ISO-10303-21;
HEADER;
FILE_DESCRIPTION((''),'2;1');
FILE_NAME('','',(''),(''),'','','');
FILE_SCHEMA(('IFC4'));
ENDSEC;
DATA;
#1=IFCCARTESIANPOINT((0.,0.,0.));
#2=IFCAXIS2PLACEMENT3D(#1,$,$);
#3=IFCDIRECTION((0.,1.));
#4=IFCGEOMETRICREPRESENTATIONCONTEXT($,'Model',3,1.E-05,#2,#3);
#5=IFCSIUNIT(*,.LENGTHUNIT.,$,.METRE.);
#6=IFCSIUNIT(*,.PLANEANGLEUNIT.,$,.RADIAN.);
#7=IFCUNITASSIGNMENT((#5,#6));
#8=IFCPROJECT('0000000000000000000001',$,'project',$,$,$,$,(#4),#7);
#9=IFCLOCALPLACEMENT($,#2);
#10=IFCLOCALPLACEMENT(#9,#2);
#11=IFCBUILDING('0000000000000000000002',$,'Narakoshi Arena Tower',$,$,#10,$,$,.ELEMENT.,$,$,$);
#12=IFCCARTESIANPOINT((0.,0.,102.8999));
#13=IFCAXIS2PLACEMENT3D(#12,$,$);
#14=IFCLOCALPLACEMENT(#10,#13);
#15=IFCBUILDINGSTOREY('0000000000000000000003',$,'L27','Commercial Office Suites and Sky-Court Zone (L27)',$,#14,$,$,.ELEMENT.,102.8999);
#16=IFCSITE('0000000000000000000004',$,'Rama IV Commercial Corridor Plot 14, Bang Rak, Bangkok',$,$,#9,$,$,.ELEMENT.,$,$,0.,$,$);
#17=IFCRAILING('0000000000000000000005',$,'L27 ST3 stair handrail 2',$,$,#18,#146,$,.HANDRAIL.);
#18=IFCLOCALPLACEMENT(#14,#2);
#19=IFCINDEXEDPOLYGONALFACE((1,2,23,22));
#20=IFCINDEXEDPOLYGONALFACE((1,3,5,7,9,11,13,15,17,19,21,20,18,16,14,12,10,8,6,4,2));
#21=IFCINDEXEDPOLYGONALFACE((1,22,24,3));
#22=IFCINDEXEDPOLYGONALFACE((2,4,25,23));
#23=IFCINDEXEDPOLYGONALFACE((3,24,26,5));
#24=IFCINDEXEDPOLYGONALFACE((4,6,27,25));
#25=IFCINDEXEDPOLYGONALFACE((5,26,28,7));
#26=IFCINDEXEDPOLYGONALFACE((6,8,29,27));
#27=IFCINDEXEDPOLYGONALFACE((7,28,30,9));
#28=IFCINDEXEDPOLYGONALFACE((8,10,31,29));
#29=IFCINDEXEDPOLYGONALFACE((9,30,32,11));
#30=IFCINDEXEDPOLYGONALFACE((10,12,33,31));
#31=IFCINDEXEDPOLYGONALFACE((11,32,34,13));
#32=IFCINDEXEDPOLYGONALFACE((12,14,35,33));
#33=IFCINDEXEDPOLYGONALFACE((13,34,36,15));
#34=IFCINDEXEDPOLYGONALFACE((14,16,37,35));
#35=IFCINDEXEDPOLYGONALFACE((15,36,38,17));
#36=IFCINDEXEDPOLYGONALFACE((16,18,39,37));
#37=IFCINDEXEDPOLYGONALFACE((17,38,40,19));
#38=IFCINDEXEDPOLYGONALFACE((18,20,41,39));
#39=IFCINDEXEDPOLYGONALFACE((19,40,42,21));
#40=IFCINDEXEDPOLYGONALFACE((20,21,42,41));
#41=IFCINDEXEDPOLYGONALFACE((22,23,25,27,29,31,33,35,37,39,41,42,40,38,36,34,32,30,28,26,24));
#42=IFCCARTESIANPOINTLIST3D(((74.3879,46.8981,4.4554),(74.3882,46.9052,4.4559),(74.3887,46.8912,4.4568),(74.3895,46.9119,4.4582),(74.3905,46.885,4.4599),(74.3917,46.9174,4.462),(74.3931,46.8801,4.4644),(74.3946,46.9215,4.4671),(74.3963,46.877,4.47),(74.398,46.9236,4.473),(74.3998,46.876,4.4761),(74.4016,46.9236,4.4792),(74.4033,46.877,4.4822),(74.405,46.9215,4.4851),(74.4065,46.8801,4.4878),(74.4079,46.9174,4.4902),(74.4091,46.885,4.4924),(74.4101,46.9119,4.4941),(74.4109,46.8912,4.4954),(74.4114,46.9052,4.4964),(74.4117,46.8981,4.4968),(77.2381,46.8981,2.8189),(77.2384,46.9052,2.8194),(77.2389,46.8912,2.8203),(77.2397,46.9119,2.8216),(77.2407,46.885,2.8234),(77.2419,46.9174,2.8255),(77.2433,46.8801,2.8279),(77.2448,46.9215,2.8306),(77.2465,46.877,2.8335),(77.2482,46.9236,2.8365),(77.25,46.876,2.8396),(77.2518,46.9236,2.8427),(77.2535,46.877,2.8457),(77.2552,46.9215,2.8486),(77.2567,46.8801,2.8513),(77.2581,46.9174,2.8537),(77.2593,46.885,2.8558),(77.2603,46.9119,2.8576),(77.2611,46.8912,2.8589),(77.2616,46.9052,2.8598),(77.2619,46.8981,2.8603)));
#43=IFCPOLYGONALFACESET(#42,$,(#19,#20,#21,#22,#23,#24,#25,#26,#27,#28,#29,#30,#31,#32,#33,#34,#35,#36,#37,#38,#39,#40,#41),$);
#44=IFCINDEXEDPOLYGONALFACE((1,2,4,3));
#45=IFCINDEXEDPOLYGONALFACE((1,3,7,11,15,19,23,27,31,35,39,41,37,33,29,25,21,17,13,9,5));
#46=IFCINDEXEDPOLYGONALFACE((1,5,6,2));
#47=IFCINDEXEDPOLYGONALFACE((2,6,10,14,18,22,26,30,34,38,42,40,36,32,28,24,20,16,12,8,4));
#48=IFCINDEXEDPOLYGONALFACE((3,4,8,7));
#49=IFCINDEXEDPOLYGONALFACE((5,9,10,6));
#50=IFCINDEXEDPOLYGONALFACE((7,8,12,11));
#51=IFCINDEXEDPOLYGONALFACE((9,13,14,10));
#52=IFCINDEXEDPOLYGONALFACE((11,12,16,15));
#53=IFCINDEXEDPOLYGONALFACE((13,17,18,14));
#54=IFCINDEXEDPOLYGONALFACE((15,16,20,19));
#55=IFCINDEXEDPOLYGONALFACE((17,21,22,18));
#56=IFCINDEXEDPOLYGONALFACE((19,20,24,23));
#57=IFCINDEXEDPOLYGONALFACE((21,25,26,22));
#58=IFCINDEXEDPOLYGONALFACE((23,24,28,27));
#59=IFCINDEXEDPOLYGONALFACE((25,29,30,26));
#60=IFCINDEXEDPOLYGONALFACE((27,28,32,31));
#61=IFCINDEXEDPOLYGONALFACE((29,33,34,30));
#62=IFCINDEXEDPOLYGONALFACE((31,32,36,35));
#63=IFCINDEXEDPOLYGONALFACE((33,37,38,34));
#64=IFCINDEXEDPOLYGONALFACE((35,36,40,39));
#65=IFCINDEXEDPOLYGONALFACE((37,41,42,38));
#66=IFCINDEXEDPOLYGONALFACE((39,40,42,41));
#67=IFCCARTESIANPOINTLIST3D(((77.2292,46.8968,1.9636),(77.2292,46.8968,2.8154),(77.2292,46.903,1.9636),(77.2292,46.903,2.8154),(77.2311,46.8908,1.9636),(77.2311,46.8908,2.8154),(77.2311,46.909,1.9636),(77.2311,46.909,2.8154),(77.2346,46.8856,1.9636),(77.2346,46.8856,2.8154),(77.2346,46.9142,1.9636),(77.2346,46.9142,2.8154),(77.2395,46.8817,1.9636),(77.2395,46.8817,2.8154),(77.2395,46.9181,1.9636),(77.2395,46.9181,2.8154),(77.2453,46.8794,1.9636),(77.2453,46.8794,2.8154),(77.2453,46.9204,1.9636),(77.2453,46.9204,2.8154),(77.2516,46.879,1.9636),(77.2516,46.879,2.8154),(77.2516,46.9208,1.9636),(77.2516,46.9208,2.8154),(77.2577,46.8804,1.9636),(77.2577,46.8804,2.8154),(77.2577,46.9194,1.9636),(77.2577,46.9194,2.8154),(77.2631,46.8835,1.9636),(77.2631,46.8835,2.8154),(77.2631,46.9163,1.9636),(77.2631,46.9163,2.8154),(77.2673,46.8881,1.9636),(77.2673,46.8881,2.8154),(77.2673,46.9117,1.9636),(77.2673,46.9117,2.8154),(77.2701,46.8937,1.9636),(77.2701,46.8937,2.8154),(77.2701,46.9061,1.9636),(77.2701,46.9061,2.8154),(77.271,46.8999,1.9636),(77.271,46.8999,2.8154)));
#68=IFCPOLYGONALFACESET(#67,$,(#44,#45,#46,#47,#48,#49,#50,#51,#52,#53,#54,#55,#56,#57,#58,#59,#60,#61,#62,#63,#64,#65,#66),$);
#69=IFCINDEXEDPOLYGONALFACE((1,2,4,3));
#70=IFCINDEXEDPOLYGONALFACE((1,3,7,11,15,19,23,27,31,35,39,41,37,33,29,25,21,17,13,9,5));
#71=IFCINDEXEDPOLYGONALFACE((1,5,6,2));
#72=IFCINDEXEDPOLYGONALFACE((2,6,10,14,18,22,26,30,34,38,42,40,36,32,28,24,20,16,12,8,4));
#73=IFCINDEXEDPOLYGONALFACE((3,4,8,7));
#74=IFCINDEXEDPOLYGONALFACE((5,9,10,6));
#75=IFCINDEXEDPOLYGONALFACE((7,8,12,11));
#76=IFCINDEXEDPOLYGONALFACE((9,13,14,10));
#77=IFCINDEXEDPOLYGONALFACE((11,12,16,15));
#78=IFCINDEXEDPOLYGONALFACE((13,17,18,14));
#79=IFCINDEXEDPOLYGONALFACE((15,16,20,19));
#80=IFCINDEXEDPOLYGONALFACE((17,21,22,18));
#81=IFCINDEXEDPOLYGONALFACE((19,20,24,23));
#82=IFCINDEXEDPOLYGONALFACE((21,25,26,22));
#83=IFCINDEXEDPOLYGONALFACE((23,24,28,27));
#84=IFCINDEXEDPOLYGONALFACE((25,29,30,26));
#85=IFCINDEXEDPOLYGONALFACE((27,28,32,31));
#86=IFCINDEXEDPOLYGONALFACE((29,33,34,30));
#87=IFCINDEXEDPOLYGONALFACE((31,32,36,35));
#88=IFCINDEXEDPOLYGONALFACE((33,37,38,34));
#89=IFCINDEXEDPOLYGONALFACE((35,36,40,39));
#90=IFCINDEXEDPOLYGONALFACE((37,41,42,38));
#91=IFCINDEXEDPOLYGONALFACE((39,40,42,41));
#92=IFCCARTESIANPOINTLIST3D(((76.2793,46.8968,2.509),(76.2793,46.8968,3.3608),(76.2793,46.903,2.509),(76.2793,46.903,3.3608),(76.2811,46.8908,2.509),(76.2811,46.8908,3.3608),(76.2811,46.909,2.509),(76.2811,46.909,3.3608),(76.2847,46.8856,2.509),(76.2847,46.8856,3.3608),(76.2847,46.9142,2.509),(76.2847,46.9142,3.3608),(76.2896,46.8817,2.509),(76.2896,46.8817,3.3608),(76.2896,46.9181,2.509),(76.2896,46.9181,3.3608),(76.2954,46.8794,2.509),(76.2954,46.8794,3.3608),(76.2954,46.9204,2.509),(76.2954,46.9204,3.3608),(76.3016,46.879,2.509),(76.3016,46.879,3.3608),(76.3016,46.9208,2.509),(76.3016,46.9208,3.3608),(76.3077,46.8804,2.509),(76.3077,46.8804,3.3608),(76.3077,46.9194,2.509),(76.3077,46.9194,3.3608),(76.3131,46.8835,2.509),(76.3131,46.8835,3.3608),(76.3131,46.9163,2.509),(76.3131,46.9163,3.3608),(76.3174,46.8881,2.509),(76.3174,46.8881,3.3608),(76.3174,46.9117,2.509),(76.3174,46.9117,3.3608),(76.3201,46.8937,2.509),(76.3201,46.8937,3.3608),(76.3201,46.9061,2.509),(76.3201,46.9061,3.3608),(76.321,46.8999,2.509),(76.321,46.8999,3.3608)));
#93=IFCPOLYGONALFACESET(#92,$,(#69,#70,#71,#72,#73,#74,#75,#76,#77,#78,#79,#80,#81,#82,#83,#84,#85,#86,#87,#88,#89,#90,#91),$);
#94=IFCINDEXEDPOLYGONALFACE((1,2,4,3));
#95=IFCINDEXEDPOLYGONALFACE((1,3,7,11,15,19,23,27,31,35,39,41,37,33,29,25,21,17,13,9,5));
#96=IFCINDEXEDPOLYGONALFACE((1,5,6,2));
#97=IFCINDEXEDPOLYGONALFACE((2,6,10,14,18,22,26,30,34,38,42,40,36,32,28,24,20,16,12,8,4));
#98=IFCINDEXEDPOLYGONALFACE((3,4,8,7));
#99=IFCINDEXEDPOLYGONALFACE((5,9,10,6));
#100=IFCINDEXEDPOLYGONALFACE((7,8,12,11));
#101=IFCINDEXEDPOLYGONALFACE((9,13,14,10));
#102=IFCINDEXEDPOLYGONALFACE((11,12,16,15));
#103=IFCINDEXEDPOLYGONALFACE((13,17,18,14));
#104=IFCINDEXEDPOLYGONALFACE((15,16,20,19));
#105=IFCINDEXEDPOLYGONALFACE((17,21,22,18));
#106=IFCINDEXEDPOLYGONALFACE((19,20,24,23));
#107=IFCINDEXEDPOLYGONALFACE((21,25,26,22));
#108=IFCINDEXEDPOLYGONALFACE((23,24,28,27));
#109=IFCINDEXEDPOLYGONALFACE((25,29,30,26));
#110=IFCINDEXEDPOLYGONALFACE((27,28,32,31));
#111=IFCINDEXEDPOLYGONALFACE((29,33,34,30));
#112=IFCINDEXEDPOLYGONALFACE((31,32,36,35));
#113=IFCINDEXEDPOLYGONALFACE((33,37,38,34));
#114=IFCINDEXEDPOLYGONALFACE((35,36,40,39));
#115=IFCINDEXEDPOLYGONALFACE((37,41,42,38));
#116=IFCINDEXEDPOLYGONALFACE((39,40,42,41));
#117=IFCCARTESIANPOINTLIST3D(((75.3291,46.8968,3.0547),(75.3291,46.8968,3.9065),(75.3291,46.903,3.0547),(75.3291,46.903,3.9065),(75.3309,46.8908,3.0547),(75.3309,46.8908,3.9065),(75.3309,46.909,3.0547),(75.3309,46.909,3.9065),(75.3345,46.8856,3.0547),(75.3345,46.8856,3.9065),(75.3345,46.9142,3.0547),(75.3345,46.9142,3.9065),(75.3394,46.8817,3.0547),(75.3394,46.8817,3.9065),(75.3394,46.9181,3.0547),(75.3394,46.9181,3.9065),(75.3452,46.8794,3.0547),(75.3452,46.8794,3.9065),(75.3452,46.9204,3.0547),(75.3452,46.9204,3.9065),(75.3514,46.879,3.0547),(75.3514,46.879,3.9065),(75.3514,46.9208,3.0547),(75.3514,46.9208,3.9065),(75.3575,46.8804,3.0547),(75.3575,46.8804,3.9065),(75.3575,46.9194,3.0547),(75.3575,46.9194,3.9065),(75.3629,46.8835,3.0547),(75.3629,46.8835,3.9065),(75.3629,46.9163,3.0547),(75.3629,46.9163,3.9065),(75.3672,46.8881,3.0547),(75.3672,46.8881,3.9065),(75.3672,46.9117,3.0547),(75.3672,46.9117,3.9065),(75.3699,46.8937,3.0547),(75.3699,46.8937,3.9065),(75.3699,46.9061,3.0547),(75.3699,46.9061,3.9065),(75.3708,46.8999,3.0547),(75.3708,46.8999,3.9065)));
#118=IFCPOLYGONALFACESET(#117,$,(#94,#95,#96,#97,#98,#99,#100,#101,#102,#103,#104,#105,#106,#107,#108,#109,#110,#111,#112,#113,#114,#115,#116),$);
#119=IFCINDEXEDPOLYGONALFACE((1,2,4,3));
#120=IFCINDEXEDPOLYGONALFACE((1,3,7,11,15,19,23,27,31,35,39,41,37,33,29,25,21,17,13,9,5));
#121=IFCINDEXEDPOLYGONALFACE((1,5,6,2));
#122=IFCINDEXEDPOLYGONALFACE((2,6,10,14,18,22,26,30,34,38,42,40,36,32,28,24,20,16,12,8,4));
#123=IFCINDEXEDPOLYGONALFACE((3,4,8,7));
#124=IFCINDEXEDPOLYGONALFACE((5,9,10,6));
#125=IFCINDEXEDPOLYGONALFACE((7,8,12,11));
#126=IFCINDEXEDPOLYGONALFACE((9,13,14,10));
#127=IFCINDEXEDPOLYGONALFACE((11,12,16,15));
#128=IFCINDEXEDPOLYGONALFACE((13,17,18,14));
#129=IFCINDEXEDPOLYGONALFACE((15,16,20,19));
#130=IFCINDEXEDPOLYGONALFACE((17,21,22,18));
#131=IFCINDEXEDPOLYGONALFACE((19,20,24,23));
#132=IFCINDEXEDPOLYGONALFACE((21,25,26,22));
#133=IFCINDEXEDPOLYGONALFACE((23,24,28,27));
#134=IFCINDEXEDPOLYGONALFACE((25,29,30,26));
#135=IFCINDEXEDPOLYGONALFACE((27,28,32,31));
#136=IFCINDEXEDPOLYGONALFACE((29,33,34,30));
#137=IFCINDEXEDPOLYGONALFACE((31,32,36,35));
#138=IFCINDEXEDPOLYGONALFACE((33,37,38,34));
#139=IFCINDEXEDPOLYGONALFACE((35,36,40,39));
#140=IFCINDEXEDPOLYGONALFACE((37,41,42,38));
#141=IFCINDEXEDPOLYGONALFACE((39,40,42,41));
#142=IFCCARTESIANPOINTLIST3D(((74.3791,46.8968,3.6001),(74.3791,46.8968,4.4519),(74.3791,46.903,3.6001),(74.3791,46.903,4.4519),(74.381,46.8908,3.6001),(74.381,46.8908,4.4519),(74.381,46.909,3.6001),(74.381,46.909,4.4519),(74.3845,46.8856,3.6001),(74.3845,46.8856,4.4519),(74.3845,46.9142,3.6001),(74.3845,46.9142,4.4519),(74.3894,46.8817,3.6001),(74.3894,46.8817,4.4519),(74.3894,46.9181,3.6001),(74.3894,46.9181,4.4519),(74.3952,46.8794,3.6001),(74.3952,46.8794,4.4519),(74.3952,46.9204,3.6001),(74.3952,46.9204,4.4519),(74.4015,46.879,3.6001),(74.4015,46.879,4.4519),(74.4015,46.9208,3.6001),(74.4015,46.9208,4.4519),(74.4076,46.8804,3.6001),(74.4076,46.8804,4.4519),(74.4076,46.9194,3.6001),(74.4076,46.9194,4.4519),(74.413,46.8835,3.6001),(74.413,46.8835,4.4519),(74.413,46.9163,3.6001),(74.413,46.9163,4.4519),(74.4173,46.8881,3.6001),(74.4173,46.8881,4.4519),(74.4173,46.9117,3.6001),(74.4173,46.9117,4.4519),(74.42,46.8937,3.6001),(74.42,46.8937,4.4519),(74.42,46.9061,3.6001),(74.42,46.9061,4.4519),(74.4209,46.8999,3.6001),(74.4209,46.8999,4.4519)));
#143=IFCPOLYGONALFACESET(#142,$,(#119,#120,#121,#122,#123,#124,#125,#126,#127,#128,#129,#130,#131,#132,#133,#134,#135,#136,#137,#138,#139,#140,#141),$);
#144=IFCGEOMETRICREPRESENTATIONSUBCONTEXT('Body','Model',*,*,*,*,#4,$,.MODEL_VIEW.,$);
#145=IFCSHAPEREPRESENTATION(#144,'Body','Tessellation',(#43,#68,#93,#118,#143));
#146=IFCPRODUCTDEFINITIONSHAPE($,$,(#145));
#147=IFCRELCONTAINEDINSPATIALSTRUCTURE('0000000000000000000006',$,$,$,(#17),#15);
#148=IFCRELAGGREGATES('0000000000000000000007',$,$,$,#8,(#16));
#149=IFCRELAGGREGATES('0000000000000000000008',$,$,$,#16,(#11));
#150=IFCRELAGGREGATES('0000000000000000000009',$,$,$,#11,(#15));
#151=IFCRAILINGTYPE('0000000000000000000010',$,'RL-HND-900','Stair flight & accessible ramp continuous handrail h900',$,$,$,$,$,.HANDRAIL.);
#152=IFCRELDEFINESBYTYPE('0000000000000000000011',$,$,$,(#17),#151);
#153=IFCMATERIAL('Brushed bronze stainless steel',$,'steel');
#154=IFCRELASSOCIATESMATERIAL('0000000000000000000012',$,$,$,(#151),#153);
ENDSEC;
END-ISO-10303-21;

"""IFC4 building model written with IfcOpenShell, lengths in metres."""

from ifc_helpers import new_model, si_unit, direction, frame, origin, origin_2d, place, context, subcontext, project, spatial, circle, extrude, material, type_object, element, save


model = new_model("IFC4")

# Units and contexts
model_context = context("Model", 3, precision=1e-05, world=origin(), true_north=direction((0.0, 1.0)))
body_context = subcontext(model_context, "Body", "Model", "MODEL_VIEW")
ifc_project = project(units=[si_unit("LENGTHUNIT", "METRE"), si_unit("PLANEANGLEUNIT", "RADIAN")], contexts=[model_context])

# Site, building, storey
site_placement = place(None, origin())
site = spatial("IfcSite", under=ifc_project, at=site_placement, Name="Rama IV Commercial Corridor Plot 14, Bang Rak, Bangkok", CompositionType="ELEMENT", RefElevation=0.0)
building_placement = place(site_placement, origin())
building = spatial("IfcBuilding", under=site, at=building_placement, Name="Narakoshi Arena Tower", CompositionType="ELEMENT")
storey_placement = place(building_placement, frame((0.0, 0.0, 102.8999)))
storey = spatial("IfcBuildingStorey", under=building, at=storey_placement, Name="L27", Description="Commercial Office Suites and Sky-Court Zone (L27)", CompositionType="ELEMENT", Elevation=102.8999)

# Shared definitions
ifc_material_1 = material(Name="Brushed bronze stainless steel", Category="steel")

# Railing
railing_type_1 = type_object("IfcRailingType", Name="RL-HND-900", Description="Stair flight & accessible ramp continuous handrail h900", PredefinedType="HANDRAIL", material=ifc_material_1)
railing_1_placement = place(storey_placement, frame((77.25, 46.8999, 1.9636)))
element("IfcRailing", 1, at=railing_1_placement, inside=storey, type_object=railing_type_1, Name="L27 ST3 stair handrail 2", PredefinedType="HANDRAIL", context=body_context, shape_type="SweptSolid", body=[
    extrude(circle(Radius=0.0239, at=origin_2d()), frame((0.0, 0.0, 0.876), z_axis=(-0.867213, 0.0, 0.497938), x_axis=(0.0, -1.0, 0.0)), (0.0, 0.0, 1.0), 3.2866),
    extrude(circle(Radius=0.021, at=origin_2d()), origin(), (0.0, 0.0, 1.0), 0.8518),
    extrude(circle(Radius=0.021, at=origin_2d()), frame((-0.95, 0.0, 0.5454)), (0.0, 0.0, 1.0), 0.8518),
    extrude(circle(Radius=0.021, at=origin_2d()), frame((-1.9001, 0.0, 1.0911)), (0.0, 0.0, 1.0), 0.8518),
    extrude(circle(Radius=0.021, at=origin_2d()), frame((-2.8501, 0.0, 1.6365)), (0.0, 0.0, 1.0), 0.8518),
])

save(model, "model.ifc")
